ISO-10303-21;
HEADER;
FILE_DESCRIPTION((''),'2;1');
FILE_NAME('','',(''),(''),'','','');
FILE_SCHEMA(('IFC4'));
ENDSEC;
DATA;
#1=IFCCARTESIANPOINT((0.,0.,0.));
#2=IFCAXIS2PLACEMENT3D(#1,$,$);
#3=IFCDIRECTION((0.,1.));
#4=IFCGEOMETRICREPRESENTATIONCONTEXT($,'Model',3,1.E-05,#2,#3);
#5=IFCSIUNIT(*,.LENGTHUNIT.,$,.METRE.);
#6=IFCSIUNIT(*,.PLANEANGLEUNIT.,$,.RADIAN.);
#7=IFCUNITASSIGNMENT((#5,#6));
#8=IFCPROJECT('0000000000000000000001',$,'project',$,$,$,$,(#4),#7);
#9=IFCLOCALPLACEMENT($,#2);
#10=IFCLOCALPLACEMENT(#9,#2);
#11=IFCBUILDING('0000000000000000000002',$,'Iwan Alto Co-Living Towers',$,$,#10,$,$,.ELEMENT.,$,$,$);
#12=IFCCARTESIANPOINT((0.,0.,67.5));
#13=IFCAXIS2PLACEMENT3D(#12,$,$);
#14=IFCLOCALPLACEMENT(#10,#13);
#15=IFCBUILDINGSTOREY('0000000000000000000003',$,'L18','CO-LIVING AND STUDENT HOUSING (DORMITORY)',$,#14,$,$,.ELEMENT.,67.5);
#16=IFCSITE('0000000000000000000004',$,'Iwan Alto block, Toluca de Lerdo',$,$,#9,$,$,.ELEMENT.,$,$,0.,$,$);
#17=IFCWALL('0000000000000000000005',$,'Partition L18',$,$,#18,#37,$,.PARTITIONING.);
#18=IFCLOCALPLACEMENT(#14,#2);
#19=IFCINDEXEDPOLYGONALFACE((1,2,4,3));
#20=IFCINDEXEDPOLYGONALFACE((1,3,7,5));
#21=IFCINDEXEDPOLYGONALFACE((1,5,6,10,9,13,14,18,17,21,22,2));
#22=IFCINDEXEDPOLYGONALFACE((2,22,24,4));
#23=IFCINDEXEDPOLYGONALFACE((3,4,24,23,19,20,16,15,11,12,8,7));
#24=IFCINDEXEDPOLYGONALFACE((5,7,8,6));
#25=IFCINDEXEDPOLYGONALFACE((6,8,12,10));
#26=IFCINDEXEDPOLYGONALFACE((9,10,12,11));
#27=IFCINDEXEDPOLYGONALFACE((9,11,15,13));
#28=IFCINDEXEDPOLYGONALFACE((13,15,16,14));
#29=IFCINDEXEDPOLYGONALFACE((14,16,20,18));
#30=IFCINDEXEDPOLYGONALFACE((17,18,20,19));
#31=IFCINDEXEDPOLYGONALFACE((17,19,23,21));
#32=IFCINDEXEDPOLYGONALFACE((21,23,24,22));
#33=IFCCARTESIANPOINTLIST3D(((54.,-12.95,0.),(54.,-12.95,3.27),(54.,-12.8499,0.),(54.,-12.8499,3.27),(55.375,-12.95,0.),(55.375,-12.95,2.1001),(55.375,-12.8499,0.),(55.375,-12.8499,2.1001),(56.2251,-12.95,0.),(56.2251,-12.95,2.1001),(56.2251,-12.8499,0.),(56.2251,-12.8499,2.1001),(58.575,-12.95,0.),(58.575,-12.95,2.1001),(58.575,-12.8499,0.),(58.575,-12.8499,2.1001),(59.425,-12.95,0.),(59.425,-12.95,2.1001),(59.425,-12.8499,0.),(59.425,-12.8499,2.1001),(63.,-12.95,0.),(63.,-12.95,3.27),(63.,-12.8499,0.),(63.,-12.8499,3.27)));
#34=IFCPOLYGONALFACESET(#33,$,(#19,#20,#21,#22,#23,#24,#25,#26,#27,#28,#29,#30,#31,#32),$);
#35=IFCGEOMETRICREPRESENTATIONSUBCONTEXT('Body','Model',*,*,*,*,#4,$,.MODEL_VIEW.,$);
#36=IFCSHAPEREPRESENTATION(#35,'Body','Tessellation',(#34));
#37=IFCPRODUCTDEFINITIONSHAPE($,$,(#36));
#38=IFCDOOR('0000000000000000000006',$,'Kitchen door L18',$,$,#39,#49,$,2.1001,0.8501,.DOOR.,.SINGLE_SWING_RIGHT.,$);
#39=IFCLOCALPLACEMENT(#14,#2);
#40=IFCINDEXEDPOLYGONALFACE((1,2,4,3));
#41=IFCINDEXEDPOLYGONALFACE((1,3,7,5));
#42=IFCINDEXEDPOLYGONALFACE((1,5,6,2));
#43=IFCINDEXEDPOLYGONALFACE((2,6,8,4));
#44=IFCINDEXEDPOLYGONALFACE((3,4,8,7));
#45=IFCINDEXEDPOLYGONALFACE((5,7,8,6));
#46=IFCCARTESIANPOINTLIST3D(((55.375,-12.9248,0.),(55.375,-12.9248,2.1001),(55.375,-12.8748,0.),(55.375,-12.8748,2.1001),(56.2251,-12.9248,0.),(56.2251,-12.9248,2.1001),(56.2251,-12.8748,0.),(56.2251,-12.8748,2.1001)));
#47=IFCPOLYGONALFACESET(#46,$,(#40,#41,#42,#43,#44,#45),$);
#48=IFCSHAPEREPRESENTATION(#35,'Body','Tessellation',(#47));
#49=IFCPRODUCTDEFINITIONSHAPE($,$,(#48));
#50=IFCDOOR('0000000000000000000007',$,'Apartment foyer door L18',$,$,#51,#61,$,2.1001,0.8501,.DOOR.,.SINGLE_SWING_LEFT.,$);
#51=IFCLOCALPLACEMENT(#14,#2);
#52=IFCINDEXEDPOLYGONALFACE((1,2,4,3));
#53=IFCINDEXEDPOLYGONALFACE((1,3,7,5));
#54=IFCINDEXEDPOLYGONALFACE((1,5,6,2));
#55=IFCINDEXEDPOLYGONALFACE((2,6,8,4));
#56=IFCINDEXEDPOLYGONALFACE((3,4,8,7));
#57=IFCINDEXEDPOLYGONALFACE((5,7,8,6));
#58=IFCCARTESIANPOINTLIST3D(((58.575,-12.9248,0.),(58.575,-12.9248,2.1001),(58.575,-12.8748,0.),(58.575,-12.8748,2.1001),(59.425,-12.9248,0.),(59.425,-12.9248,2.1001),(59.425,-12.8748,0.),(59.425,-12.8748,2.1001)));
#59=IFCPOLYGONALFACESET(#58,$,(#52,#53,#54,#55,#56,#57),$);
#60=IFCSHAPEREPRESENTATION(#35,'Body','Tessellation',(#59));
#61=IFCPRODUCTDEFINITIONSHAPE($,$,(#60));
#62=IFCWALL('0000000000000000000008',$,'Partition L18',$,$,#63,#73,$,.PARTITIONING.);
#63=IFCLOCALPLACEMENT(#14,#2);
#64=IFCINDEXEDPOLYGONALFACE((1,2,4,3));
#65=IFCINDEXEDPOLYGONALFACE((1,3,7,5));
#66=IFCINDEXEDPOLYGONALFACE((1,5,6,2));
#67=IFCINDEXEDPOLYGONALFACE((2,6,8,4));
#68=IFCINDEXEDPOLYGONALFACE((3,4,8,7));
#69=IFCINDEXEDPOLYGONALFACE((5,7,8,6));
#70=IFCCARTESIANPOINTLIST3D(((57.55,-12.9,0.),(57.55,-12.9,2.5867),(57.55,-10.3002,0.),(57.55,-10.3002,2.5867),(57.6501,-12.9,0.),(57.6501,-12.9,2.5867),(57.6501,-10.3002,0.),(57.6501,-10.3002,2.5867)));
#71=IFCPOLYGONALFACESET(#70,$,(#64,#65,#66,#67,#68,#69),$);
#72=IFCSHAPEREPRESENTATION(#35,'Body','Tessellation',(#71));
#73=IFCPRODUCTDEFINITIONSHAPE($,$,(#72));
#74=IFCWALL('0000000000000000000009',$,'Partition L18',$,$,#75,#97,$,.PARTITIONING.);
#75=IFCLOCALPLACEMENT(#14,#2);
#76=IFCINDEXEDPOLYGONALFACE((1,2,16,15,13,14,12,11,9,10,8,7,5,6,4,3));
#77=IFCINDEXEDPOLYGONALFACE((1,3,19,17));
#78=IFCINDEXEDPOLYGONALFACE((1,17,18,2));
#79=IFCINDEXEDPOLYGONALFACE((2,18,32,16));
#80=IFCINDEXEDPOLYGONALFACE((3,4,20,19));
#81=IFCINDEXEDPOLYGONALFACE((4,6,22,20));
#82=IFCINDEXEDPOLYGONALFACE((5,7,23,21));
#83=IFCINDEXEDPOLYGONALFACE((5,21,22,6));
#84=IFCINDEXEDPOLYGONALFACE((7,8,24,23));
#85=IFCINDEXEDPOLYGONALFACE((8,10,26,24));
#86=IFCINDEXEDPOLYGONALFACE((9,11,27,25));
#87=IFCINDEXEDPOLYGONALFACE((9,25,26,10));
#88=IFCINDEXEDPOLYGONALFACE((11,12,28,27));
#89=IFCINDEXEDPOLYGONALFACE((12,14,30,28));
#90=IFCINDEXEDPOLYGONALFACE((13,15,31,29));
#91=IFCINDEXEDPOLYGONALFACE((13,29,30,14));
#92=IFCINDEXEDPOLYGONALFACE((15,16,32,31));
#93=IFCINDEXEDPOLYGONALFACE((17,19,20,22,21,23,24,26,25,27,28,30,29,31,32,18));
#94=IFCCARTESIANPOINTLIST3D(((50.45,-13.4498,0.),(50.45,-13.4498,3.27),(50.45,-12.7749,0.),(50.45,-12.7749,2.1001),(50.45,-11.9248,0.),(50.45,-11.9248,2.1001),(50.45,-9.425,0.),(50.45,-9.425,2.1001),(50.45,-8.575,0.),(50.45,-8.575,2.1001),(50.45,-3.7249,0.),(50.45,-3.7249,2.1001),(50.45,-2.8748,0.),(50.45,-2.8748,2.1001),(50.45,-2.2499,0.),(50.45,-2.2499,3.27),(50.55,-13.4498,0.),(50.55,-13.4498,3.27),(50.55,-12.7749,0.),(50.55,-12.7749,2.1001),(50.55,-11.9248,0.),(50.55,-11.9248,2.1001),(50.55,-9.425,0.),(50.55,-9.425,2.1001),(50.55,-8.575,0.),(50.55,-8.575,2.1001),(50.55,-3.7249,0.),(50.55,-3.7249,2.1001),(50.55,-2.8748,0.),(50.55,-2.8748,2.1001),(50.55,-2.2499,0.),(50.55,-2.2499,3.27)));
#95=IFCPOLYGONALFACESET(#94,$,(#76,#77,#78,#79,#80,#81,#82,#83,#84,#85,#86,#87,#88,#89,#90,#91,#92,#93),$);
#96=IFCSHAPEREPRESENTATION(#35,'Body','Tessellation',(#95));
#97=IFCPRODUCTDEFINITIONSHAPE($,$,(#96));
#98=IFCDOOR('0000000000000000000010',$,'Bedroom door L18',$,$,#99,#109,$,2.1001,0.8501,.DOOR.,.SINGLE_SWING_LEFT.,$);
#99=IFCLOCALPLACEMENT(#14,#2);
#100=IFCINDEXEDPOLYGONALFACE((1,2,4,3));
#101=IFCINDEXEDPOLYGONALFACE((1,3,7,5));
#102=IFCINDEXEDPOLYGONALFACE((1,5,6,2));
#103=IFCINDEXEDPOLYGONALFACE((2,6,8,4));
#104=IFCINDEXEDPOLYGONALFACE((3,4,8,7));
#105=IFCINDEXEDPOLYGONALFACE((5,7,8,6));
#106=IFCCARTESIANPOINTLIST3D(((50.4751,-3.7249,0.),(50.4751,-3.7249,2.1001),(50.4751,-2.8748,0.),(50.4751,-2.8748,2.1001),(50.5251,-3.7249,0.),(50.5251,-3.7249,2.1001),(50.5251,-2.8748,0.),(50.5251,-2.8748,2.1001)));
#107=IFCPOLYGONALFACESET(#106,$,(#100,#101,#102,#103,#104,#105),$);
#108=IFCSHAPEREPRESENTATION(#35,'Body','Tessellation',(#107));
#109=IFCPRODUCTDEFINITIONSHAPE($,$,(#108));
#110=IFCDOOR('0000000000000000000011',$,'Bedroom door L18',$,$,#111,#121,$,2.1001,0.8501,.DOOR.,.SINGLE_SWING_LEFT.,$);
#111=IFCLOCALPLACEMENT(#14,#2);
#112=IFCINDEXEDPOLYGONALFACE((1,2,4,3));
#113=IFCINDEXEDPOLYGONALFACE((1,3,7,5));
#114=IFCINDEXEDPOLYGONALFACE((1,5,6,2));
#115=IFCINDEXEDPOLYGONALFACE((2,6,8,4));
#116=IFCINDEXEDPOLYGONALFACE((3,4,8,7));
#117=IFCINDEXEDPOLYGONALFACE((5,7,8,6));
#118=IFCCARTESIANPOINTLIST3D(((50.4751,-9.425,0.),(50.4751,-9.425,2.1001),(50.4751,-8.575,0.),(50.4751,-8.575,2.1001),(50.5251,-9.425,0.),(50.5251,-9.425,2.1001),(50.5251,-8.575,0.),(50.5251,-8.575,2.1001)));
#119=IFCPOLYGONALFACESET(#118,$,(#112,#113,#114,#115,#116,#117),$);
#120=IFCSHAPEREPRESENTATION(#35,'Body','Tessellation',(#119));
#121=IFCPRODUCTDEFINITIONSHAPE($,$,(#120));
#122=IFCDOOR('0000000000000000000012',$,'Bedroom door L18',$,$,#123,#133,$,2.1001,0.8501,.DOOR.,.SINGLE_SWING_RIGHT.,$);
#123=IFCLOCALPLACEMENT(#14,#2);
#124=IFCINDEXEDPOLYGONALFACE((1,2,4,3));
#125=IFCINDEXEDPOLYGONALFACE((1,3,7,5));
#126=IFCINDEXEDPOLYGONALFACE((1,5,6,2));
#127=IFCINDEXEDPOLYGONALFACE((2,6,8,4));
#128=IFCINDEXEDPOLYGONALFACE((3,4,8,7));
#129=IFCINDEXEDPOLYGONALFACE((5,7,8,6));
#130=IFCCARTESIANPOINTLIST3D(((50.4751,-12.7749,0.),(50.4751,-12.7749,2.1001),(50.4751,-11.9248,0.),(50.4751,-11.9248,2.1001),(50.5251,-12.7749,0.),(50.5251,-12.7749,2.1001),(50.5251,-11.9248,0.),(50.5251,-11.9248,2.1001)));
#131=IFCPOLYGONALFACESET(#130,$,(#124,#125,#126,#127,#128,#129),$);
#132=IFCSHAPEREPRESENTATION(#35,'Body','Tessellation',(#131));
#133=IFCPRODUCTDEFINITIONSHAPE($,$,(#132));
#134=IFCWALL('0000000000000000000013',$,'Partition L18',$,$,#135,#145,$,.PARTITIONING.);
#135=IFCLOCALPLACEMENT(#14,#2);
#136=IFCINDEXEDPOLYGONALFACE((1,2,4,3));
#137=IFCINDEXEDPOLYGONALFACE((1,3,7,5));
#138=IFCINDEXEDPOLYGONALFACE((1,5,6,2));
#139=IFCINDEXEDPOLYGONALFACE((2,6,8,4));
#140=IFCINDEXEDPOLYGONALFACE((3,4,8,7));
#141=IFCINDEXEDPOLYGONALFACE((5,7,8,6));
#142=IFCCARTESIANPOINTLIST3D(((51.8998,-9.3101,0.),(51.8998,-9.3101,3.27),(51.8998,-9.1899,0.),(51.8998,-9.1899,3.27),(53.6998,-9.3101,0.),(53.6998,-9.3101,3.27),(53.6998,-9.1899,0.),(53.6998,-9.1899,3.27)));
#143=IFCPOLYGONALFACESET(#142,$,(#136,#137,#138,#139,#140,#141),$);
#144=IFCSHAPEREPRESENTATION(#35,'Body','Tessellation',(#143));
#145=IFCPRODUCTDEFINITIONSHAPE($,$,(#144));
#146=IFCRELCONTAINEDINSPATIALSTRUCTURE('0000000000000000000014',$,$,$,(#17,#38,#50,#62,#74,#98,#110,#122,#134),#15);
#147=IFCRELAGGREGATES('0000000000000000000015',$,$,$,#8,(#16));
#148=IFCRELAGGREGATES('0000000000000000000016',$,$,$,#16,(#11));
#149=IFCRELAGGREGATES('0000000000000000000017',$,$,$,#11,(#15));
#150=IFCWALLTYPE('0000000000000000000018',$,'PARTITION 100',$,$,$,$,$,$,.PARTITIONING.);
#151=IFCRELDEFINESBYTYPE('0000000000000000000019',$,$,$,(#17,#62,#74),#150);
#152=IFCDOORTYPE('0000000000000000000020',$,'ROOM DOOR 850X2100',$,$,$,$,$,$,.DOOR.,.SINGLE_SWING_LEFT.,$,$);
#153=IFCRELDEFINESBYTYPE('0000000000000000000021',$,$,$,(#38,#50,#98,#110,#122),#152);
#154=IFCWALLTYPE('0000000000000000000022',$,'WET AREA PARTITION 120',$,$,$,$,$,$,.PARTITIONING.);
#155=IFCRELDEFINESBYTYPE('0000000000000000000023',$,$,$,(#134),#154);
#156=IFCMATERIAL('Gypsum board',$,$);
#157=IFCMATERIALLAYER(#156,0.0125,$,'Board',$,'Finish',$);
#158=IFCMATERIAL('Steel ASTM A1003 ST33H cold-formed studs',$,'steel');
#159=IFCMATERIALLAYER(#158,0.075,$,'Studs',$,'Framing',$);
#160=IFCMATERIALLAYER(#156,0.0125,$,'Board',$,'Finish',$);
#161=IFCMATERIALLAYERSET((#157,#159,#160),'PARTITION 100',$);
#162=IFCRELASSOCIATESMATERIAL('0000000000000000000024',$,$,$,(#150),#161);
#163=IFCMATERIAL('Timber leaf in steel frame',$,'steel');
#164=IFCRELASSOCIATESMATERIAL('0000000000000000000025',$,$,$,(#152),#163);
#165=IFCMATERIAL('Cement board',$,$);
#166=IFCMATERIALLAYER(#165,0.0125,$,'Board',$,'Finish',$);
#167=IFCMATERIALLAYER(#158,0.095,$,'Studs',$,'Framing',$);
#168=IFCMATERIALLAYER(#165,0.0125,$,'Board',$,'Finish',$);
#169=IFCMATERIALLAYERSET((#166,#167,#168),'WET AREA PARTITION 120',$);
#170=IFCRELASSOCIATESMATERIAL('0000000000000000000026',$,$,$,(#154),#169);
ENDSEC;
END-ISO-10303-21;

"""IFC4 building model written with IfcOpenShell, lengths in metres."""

from ifc_helpers import new_model, si_unit, direction, frame, frame_2d, origin, place, context, subcontext, project, spatial, rectangle, extrude, material, layer, layer_set, type_object, element, fill, save


model = new_model("IFC4")

# Units and contexts
model_context = context("Model", 3, precision=1e-05, world=origin(), true_north=direction((0.0, 1.0)))
body_context = subcontext(model_context, "Body", "Model", "MODEL_VIEW")
ifc_project = project(units=[si_unit("LENGTHUNIT", "METRE"), si_unit("PLANEANGLEUNIT", "RADIAN")], contexts=[model_context])

# Site, building, storey
site_placement = place(None, origin())
site = spatial("IfcSite", under=ifc_project, at=site_placement, Name="Iwan Alto block, Toluca de Lerdo", CompositionType="ELEMENT", RefElevation=0.0)
building_placement = place(site_placement, origin())
building = spatial("IfcBuilding", under=site, at=building_placement, Name="Iwan Alto Co-Living Towers", CompositionType="ELEMENT")
storey_placement = place(building_placement, frame((0.0, 0.0, 67.5)))
storey = spatial("IfcBuildingStorey", under=building, at=storey_placement, Name="L18", Description="CO-LIVING AND STUDENT HOUSING (DORMITORY)", CompositionType="ELEMENT", Elevation=67.5)

# Shared definitions
ifc_material_1 = material(Name="Gypsum board")
ifc_material_2 = material(Name="Steel ASTM A1003 ST33H cold-formed studs", Category="steel")

# Shared definitions
ifc_layer_1 = layer(ifc_material_1, 0.0125, Name="Board", Category="Finish")
ifc_layer_2 = layer(ifc_material_2, 0.075, Name="Studs", Category="Framing")
ifc_layer_3 = layer(ifc_material_1, 0.0125, Name="Board", Category="Finish")
ifc_layer_set_1 = layer_set([ifc_layer_1, ifc_layer_2, ifc_layer_3], Name="PARTITION 100")
wall_type_1 = type_object("IfcWallType", Name="PARTITION 100", PredefinedType="PARTITIONING", material=ifc_layer_set_1)

# Wall, openings, doors
wall_1_placement = place(storey_placement, frame((54.0, -12.8999, 0.0), z_axis=(0.0, 0.0, 1.0), x_axis=(1.0, 0.0, 0.0)))
wall_1 = element("IfcWall", 1, at=wall_1_placement, inside=storey, type_object=wall_type_1, Name="Partition L18", PredefinedType="PARTITIONING", context=body_context, shape_type="SweptSolid", body=[
    extrude(rectangle(XDim=9.0, YDim=0.1001, at=frame_2d((4.5, 0.0))), origin(), (0.0, 0.0, 1.0), 3.27),
])
opening_1_placement = place(wall_1_placement, frame((1.375, 0.0, 0.0)))
opening_1 = element("IfcOpeningElement", 2, at=opening_1_placement, cuts=wall_1, PredefinedType="OPENING", context=body_context, shape_type="SweptSolid", body=[
    extrude(rectangle(XDim=0.8501, YDim=2.1001, at=frame_2d((0.425, 1.05))), frame((0.0, 0.0601, 0.0), z_axis=(0.0, -1.0, 0.0), x_axis=(1.0, 0.0, 0.0)), (0.0, 0.0, 1.0), 0.1201),
])
opening_2_placement = place(wall_1_placement, frame((4.575, 0.0, 0.0)))
opening_2 = element("IfcOpeningElement", 3, at=opening_2_placement, cuts=wall_1, PredefinedType="OPENING", context=body_context, shape_type="SweptSolid", body=[
    extrude(rectangle(XDim=0.8501, YDim=2.1001, at=frame_2d((0.425, 1.05))), frame((0.0, 0.0601, 0.0), z_axis=(0.0, -1.0, 0.0), x_axis=(1.0, 0.0, 0.0)), (0.0, 0.0, 1.0), 0.1201),
])
ifc_material_3 = material(Name="Timber leaf in steel frame", Category="steel")
door_type_1 = type_object("IfcDoorType", Name="ROOM DOOR 850X2100", OperationType="SINGLE_SWING_LEFT", PredefinedType="DOOR", material=ifc_material_3)
door_1_placement = place(opening_1_placement, frame((0.8501, 0.0, 0.0), z_axis=(0.0, 0.0, 1.0), x_axis=(-1.0, 0.0, 0.0)))
door_1 = element("IfcDoor", 4, at=door_1_placement, inside=storey, type_object=door_type_1, Name="Kitchen door L18", OperationType="SINGLE_SWING_RIGHT", OverallHeight=2.1001, OverallWidth=0.8501, PredefinedType="DOOR", context=body_context, shape_type="SweptSolid", body=[
    extrude(rectangle(XDim=0.8501, YDim=2.1001, at=frame_2d((0.425, 1.05))), frame((0.0, 0.0249, 0.0), z_axis=(0.0, -1.0, 0.0), x_axis=(1.0, 0.0, 0.0)), (0.0, 0.0, 1.0), 0.05),
])
fill(opening_1, door_1)
door_2_placement = place(opening_2_placement, frame((0.8501, 0.0, 0.0), z_axis=(0.0, 0.0, 1.0), x_axis=(-1.0, 0.0, 0.0)))
door_2 = element("IfcDoor", 5, at=door_2_placement, inside=storey, type_object=door_type_1, Name="Apartment foyer door L18", OperationType="SINGLE_SWING_LEFT", OverallHeight=2.1001, OverallWidth=0.8501, PredefinedType="DOOR", context=body_context, shape_type="SweptSolid", body=[
    extrude(rectangle(XDim=0.8501, YDim=2.1001, at=frame_2d((0.425, 1.05))), frame((0.0, 0.0249, 0.0), z_axis=(0.0, -1.0, 0.0), x_axis=(1.0, 0.0, 0.0)), (0.0, 0.0, 1.0), 0.05),
])
fill(opening_2, door_2)

# Wall
wall_2_placement = place(storey_placement, frame((57.6001, -12.8999, 0.0), z_axis=(0.0, 0.0, 1.0), x_axis=(0.0, 1.0, 0.0)))
element("IfcWall", 6, at=wall_2_placement, inside=storey, type_object=wall_type_1, Name="Partition L18", PredefinedType="PARTITIONING", context=body_context, shape_type="SweptSolid", body=[
    extrude(rectangle(XDim=2.5999, YDim=0.1001, at=frame_2d((1.2998, 0.0))), origin(), (0.0, 0.0, 1.0), 2.5867),
])

# Wall, openings, doors
wall_3_placement = place(storey_placement, frame((50.5, -13.45, 0.0), z_axis=(0.0, 0.0, 1.0), x_axis=(0.0, 1.0, 0.0)))
wall_3 = element("IfcWall", 7, at=wall_3_placement, inside=storey, type_object=wall_type_1, Name="Partition L18", PredefinedType="PARTITIONING", context=body_context, shape_type="SweptSolid", body=[
    extrude(rectangle(XDim=11.2, YDim=0.1001, at=frame_2d((5.6001, 0.0))), origin(), (0.0, 0.0, 1.0), 3.27),
])
opening_3_placement = place(wall_3_placement, frame((9.7251, 0.0, 0.0)))
opening_3 = element("IfcOpeningElement", 8, at=opening_3_placement, cuts=wall_3, PredefinedType="OPENING", context=body_context, shape_type="SweptSolid", body=[
    extrude(rectangle(XDim=0.8501, YDim=2.1001, at=frame_2d((0.425, 1.05))), frame((0.0, 0.0601, 0.0), z_axis=(0.0, -1.0, 0.0), x_axis=(1.0, 0.0, 0.0)), (0.0, 0.0, 1.0), 0.1201),
])
opening_4_placement = place(wall_3_placement, frame((4.0249, 0.0, 0.0)))
opening_4 = element("IfcOpeningElement", 9, at=opening_4_placement, cuts=wall_3, PredefinedType="OPENING", context=body_context, shape_type="SweptSolid", body=[
    extrude(rectangle(XDim=0.8501, YDim=2.1001, at=frame_2d((0.425, 1.05))), frame((0.0, 0.0601, 0.0), z_axis=(0.0, -1.0, 0.0), x_axis=(1.0, 0.0, 0.0)), (0.0, 0.0, 1.0), 0.1201),
])
opening_5_placement = place(wall_3_placement, frame((0.675, 0.0, 0.0)))
opening_5 = element("IfcOpeningElement", 10, at=opening_5_placement, cuts=wall_3, PredefinedType="OPENING", context=body_context, shape_type="SweptSolid", body=[
    extrude(rectangle(XDim=0.8501, YDim=2.1001, at=frame_2d((0.425, 1.05))), frame((0.0, 0.0601, 0.0), z_axis=(0.0, -1.0, 0.0), x_axis=(1.0, 0.0, 0.0)), (0.0, 0.0, 1.0), 0.1201),
])
door_3_placement = place(opening_3_placement, origin())
door_3 = element("IfcDoor", 11, at=door_3_placement, inside=storey, type_object=door_type_1, Name="Bedroom door L18", OperationType="SINGLE_SWING_LEFT", OverallHeight=2.1001, OverallWidth=0.8501, PredefinedType="DOOR", context=body_context, shape_type="SweptSolid", body=[
    extrude(rectangle(XDim=0.8501, YDim=2.1001, at=frame_2d((0.425, 1.05))), frame((0.0, 0.0249, 0.0), z_axis=(0.0, -1.0, 0.0), x_axis=(1.0, 0.0, 0.0)), (0.0, 0.0, 1.0), 0.05),
])
fill(opening_3, door_3)
door_4_placement = place(opening_4_placement, origin())
door_4 = element("IfcDoor", 12, at=door_4_placement, inside=storey, type_object=door_type_1, Name="Bedroom door L18", OperationType="SINGLE_SWING_LEFT", OverallHeight=2.1001, OverallWidth=0.8501, PredefinedType="DOOR", context=body_context, shape_type="SweptSolid", body=[
    extrude(rectangle(XDim=0.8501, YDim=2.1001, at=frame_2d((0.425, 1.05))), frame((0.0, 0.0249, 0.0), z_axis=(0.0, -1.0, 0.0), x_axis=(1.0, 0.0, 0.0)), (0.0, 0.0, 1.0), 0.05),
])
fill(opening_4, door_4)
door_5_placement = place(opening_5_placement, origin())
door_5 = element("IfcDoor", 13, at=door_5_placement, inside=storey, type_object=door_type_1, Name="Bedroom door L18", OperationType="SINGLE_SWING_RIGHT", OverallHeight=2.1001, OverallWidth=0.8501, PredefinedType="DOOR", context=body_context, shape_type="SweptSolid", body=[
    extrude(rectangle(XDim=0.8501, YDim=2.1001, at=frame_2d((0.425, 1.05))), frame((0.0, 0.0249, 0.0), z_axis=(0.0, -1.0, 0.0), x_axis=(1.0, 0.0, 0.0)), (0.0, 0.0, 1.0), 0.05),
])
fill(opening_5, door_5)

# Wall
ifc_material_4 = material(Name="Cement board")
ifc_layer_4 = layer(ifc_material_4, 0.0125, Name="Board", Category="Finish")
ifc_layer_5 = layer(ifc_material_2, 0.095, Name="Studs", Category="Framing")
ifc_layer_6 = layer(ifc_material_4, 0.0125, Name="Board", Category="Finish")
ifc_layer_set_2 = layer_set([ifc_layer_4, ifc_layer_5, ifc_layer_6], Name="WET AREA PARTITION 120")
wall_type_2 = type_object("IfcWallType", Name="WET AREA PARTITION 120", PredefinedType="PARTITIONING", material=ifc_layer_set_2)
wall_4_placement = place(storey_placement, frame((51.8999, -9.25, 0.0), z_axis=(0.0, 0.0, 1.0), x_axis=(1.0, 0.0, 0.0)))
element("IfcWall", 14, at=wall_4_placement, inside=storey, type_object=wall_type_2, Name="Partition L18", PredefinedType="PARTITIONING", context=body_context, shape_type="SweptSolid", body=[
    extrude(rectangle(XDim=1.8, YDim=0.1201, at=frame_2d((0.8999, 0.0))), origin(), (0.0, 0.0, 1.0), 3.27),
])

save(model, "model.ifc")
